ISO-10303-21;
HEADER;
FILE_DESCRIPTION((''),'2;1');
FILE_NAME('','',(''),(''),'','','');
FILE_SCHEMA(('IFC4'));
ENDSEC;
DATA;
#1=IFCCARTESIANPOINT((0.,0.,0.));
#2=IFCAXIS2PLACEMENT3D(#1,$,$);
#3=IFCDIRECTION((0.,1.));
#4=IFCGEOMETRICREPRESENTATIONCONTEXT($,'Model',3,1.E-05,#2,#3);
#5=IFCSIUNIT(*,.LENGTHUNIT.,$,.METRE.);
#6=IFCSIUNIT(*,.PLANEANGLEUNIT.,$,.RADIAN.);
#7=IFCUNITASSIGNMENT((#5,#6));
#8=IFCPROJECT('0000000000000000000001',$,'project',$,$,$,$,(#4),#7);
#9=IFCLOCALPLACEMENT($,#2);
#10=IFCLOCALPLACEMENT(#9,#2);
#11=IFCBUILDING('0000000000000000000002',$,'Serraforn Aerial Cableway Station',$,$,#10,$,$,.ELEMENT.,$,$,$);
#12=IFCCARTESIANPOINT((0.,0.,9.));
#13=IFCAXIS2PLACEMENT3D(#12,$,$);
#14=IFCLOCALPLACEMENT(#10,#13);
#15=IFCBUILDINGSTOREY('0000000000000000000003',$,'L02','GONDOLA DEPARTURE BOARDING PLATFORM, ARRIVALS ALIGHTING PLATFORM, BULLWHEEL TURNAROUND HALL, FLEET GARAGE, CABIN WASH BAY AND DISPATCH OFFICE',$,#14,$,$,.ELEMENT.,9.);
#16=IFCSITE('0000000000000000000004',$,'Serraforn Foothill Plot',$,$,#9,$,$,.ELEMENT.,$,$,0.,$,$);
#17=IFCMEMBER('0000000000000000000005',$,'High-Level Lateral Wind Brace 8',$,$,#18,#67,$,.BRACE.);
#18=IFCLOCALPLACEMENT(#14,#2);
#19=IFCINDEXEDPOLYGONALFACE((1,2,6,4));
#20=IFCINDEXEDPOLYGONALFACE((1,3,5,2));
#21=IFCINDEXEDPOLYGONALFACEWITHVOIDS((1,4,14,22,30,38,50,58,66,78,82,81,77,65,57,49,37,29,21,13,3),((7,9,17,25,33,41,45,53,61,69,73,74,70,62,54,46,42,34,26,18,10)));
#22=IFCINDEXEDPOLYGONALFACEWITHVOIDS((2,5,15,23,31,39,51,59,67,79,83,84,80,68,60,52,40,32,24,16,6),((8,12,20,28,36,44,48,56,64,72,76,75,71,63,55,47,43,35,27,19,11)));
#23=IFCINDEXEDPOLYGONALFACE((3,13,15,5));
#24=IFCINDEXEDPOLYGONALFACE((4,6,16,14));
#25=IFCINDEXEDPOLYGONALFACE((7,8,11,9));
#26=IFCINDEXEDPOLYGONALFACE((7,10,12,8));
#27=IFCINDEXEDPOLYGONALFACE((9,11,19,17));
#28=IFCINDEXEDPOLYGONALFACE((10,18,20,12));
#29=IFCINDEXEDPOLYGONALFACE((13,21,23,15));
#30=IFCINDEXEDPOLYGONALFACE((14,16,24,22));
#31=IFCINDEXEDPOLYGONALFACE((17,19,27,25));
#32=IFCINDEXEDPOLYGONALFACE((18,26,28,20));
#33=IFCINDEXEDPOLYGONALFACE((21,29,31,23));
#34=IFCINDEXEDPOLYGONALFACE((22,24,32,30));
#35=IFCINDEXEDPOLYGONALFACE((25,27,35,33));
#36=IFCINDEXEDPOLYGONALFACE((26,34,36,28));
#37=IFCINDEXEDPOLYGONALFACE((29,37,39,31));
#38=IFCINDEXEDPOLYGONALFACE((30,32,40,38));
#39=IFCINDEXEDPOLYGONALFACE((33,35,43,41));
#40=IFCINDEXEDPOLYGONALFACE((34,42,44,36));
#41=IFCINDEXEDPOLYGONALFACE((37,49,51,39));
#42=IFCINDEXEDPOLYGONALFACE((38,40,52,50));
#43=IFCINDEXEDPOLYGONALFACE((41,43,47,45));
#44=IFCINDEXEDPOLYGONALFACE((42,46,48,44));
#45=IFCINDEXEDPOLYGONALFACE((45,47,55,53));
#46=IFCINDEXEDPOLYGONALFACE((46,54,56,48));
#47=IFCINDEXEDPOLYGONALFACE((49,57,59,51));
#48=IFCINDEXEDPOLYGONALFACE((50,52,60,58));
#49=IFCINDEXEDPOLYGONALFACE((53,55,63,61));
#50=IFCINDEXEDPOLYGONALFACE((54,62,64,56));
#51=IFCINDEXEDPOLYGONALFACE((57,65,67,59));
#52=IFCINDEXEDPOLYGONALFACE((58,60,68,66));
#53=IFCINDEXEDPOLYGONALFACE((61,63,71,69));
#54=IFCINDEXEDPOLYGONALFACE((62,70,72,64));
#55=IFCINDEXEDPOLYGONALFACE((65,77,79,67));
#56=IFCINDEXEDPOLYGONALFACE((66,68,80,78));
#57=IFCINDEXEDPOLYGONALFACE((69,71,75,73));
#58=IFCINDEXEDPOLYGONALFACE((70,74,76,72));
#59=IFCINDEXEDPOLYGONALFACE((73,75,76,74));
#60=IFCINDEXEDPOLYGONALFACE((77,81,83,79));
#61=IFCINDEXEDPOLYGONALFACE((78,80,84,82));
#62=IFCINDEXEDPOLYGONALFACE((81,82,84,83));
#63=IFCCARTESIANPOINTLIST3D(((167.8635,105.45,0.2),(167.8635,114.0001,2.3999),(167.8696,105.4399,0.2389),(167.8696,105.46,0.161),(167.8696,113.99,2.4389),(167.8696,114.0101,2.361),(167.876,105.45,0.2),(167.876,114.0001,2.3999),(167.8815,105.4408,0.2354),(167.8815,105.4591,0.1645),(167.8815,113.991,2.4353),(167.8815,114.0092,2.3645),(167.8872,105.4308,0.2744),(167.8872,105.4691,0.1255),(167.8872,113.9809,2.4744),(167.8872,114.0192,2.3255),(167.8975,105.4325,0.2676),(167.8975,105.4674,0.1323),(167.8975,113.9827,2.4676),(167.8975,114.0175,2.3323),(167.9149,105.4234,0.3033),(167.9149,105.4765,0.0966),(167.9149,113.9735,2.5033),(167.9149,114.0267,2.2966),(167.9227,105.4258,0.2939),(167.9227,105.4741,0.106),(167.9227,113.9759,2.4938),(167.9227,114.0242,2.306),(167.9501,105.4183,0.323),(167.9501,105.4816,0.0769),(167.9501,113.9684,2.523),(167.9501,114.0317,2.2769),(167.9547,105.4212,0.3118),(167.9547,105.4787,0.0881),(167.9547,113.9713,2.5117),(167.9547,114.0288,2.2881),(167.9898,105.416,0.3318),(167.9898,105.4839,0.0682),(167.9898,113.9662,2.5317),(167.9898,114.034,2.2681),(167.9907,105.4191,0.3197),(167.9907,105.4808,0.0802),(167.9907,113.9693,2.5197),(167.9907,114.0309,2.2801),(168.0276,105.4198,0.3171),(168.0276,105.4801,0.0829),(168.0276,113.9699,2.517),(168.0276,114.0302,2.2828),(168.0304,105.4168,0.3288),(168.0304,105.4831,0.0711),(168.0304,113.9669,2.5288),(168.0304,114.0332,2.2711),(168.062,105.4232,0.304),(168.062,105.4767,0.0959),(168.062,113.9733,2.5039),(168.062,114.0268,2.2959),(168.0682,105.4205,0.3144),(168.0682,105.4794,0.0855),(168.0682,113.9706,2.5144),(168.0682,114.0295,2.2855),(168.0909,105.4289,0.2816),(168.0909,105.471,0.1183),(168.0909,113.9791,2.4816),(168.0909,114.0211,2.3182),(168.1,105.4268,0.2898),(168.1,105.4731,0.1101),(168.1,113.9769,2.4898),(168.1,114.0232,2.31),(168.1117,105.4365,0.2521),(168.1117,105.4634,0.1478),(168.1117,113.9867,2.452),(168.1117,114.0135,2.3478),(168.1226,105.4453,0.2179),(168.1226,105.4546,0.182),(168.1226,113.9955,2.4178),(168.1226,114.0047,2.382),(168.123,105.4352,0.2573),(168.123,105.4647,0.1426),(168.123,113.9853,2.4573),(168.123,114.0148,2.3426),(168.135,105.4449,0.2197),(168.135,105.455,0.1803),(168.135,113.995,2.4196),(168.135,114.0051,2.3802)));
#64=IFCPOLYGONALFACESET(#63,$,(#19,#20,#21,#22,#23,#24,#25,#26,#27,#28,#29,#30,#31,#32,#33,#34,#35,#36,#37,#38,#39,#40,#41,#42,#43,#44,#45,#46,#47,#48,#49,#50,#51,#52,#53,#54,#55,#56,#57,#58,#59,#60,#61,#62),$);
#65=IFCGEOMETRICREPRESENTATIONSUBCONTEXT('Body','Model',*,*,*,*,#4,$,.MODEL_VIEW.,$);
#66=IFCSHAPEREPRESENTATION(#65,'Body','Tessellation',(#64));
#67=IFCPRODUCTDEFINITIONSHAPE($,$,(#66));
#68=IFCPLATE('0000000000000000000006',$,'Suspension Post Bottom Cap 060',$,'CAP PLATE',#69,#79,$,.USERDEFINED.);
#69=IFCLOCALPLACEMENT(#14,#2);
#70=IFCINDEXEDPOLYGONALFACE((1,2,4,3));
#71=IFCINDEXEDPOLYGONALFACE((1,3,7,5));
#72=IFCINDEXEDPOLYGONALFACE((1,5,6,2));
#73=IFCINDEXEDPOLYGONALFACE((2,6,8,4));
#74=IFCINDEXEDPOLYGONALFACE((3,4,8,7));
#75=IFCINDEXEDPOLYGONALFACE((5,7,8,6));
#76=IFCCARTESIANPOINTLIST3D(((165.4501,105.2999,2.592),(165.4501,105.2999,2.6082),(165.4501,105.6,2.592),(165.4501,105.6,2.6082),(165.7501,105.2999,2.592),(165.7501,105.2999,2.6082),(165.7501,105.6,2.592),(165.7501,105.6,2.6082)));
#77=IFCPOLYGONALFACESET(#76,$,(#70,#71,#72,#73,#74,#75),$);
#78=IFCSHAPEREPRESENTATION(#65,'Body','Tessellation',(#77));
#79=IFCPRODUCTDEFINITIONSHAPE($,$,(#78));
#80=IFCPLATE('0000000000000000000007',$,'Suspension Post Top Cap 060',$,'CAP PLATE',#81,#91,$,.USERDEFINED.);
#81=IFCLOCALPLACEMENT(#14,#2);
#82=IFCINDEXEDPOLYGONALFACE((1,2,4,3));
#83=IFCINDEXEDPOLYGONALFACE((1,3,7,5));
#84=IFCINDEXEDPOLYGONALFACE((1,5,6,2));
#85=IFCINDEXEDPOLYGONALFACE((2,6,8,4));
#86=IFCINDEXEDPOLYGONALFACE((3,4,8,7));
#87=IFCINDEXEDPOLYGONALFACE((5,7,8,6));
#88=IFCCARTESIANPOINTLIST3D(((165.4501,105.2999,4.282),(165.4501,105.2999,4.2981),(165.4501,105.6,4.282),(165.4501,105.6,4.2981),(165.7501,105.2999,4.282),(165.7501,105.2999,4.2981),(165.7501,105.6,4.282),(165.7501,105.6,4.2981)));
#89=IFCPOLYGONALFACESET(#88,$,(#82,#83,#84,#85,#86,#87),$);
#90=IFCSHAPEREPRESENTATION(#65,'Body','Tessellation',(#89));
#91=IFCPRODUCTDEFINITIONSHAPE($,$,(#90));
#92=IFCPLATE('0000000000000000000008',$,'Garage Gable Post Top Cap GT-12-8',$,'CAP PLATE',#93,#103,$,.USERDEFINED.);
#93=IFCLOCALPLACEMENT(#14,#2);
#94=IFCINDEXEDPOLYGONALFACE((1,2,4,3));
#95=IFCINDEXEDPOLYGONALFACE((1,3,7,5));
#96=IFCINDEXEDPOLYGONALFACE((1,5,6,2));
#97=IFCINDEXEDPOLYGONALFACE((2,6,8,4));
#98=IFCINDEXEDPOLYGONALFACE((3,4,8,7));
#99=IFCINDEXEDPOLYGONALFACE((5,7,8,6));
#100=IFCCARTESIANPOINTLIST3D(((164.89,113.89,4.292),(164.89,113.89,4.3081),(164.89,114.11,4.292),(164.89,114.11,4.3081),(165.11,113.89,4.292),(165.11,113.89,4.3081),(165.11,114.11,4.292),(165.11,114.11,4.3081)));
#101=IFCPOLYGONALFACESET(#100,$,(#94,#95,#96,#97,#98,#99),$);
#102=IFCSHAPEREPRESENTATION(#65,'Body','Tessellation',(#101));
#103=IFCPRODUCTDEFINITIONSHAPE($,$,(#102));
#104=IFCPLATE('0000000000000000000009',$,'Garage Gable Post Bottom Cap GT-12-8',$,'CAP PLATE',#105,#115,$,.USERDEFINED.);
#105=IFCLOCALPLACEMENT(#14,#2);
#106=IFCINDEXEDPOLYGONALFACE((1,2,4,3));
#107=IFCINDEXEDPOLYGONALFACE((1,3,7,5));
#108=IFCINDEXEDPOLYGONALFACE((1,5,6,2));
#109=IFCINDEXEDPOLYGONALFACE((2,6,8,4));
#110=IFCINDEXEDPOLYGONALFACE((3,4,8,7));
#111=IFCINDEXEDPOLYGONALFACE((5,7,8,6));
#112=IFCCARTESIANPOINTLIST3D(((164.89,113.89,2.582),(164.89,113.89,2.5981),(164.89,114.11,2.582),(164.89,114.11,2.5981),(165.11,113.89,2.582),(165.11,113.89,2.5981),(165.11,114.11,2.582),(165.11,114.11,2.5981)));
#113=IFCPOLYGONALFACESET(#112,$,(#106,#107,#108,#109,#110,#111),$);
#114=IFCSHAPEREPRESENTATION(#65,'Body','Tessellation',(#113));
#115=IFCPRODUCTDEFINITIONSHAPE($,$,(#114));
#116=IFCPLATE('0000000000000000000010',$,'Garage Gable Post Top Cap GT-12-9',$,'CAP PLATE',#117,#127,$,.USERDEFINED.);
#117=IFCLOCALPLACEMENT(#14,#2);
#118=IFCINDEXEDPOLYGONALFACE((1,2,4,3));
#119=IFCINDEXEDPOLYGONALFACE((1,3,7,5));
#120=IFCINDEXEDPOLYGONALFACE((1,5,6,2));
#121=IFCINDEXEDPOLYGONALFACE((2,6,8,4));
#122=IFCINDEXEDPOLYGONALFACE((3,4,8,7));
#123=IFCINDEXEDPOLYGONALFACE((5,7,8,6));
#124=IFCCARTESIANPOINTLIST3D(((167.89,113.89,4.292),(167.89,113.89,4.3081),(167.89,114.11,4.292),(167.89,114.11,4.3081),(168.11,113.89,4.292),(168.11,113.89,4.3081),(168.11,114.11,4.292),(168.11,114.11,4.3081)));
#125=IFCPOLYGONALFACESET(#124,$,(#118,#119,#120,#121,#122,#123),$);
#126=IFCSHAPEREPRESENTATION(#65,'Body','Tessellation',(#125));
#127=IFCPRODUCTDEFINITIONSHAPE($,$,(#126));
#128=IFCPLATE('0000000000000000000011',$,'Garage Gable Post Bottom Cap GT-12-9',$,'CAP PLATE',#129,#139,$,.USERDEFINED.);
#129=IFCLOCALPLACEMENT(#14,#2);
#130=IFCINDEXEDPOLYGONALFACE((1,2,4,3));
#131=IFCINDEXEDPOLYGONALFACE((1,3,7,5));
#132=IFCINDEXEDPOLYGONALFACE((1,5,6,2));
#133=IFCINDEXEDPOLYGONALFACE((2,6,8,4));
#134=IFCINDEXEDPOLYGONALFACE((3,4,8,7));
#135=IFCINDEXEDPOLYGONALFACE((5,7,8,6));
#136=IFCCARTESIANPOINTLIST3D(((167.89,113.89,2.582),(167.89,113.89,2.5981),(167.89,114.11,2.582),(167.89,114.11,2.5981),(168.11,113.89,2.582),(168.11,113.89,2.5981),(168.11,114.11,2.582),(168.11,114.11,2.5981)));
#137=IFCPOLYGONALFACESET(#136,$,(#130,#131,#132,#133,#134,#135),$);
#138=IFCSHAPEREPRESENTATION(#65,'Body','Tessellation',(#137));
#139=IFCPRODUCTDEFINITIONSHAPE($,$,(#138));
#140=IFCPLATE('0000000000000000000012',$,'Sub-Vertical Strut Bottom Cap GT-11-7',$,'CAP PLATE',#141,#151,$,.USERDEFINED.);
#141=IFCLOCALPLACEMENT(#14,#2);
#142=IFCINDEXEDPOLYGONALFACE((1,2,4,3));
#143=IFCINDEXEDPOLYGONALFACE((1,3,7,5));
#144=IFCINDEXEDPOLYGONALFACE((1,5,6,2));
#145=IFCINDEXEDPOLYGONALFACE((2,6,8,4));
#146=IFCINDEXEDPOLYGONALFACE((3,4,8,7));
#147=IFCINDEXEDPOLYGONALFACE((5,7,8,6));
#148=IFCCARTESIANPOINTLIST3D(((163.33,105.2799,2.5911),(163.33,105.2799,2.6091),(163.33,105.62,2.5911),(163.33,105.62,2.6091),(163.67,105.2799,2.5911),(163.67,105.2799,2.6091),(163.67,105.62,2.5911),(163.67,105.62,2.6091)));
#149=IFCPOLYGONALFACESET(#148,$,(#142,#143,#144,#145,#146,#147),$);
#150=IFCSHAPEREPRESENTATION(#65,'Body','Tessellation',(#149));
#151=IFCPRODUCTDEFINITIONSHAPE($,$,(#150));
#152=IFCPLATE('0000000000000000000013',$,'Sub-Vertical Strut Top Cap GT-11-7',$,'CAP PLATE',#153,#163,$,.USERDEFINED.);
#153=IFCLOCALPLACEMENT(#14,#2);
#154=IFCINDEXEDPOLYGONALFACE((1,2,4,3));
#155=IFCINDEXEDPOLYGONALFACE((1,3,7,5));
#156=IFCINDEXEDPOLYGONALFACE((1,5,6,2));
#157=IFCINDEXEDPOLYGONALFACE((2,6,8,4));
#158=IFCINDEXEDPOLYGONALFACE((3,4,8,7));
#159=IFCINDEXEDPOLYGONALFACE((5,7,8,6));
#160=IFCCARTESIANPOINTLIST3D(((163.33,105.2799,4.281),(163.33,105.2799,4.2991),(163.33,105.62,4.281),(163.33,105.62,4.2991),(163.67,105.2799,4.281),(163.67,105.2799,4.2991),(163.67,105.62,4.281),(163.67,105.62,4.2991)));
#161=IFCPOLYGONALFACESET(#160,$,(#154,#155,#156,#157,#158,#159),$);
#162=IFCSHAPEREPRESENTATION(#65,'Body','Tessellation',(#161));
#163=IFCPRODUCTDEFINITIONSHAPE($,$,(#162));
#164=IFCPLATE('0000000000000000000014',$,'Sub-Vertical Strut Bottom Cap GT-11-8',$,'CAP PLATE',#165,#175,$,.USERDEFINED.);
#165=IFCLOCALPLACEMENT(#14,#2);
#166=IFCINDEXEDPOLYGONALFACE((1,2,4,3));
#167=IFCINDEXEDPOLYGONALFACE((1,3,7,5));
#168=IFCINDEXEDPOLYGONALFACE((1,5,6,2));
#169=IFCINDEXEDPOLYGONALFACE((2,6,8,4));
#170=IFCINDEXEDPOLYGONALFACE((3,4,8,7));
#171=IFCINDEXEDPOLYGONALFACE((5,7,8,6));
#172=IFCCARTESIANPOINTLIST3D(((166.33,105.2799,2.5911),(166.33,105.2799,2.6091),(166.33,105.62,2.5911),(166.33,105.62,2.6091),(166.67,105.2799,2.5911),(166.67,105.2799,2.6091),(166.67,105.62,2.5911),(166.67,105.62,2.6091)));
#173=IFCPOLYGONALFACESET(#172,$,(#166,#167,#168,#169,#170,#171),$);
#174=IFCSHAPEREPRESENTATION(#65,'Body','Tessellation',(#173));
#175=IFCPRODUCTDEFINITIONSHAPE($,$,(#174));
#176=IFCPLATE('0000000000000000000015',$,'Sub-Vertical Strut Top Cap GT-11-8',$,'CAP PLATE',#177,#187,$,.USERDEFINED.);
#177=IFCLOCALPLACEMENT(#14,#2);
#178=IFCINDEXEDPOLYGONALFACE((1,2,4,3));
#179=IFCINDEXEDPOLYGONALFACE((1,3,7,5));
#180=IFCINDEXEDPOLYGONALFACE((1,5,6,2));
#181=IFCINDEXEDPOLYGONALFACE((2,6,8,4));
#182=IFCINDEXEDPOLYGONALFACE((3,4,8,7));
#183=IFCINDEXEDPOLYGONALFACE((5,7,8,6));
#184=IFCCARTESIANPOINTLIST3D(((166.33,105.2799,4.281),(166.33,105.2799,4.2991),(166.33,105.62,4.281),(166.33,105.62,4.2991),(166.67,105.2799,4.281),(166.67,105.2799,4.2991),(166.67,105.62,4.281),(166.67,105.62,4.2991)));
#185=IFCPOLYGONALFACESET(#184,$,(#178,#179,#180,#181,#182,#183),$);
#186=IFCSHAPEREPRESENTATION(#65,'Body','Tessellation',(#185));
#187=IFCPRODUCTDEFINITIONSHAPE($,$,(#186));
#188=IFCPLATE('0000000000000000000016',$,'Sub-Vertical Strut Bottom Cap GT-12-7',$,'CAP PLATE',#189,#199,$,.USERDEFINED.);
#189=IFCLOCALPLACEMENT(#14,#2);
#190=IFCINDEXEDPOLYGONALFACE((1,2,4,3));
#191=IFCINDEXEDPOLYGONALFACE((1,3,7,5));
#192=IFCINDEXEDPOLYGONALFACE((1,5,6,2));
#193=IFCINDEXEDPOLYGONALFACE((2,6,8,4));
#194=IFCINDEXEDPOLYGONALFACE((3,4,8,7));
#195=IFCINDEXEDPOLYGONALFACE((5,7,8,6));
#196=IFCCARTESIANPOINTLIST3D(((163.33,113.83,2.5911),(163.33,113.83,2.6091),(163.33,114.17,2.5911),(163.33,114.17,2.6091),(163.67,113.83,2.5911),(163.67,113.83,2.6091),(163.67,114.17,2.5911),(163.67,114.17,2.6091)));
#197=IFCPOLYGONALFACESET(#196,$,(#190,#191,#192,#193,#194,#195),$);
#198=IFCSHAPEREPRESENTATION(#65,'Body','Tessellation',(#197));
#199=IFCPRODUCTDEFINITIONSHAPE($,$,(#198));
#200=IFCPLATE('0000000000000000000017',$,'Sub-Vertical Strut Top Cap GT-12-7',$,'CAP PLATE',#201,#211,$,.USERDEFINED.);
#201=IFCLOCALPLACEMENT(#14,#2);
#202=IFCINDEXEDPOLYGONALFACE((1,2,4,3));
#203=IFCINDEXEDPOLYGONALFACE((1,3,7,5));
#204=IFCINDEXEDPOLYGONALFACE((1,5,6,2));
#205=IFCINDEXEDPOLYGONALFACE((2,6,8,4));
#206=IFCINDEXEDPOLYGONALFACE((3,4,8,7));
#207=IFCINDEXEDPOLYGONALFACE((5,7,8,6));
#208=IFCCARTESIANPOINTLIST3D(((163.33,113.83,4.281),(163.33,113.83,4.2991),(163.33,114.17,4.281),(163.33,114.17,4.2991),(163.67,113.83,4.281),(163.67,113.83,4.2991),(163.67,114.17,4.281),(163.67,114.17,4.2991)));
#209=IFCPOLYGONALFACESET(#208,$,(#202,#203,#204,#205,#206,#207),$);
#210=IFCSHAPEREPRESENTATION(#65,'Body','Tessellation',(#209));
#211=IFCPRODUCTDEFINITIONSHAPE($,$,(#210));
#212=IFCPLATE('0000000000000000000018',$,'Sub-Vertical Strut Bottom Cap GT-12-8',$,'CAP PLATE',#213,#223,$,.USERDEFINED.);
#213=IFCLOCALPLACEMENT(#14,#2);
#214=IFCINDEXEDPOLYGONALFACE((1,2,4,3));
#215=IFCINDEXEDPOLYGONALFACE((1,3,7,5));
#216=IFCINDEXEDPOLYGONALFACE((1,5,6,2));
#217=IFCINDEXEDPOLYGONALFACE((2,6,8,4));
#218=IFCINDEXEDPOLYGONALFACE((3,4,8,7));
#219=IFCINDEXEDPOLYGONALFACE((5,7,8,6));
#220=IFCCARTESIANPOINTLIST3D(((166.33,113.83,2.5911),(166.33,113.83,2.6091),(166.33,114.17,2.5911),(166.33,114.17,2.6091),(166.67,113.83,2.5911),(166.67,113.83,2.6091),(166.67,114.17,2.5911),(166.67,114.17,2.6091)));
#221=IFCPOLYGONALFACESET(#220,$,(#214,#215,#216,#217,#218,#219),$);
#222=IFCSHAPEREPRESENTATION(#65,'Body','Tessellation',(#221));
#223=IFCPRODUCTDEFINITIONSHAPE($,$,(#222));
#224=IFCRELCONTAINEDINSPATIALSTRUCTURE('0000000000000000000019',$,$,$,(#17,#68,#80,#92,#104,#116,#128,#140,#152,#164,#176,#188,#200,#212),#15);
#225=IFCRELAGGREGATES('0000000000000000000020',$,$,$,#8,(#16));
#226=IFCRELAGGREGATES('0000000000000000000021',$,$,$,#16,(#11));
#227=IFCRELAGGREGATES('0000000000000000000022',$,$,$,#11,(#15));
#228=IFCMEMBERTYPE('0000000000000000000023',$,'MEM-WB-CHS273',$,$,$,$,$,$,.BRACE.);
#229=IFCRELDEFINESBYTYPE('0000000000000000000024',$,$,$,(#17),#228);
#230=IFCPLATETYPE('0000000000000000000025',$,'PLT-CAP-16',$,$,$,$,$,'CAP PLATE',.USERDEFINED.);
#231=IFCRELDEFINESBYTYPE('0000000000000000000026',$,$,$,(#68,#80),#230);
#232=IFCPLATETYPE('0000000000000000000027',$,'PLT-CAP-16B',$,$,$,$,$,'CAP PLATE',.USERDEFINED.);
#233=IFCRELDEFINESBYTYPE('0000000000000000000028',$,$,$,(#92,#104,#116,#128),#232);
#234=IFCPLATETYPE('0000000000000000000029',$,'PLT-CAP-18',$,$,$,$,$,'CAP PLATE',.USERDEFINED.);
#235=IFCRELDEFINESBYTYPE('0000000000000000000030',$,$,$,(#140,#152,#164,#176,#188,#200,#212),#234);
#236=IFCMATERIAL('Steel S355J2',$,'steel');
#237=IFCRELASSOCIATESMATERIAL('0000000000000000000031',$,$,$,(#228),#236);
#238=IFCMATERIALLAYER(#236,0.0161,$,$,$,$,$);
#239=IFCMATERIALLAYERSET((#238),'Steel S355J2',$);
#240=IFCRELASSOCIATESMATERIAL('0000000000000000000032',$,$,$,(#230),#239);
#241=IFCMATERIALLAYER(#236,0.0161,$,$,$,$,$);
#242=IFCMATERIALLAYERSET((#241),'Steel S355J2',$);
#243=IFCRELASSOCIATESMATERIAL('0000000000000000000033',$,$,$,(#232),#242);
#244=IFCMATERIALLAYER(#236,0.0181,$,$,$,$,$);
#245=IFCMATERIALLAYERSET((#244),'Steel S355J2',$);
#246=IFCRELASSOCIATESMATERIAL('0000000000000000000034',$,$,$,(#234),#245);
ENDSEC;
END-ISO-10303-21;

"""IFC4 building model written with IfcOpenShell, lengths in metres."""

from ifc_helpers import new_model, si_unit, direction, frame, origin, origin_2d, place, context, subcontext, project, spatial, rectangle, hollow_circle, extrude, material, layer, layer_set, material_profile, profile_set, type_object, element, save


model = new_model("IFC4")

# Units and contexts
model_context = context("Model", 3, precision=1e-05, world=origin(), true_north=direction((0.0, 1.0)))
body_context = subcontext(model_context, "Body", "Model", "MODEL_VIEW")
ifc_project = project(units=[si_unit("LENGTHUNIT", "METRE"), si_unit("PLANEANGLEUNIT", "RADIAN")], contexts=[model_context])

# Site, building, storey
site_placement = place(None, origin())
site = spatial("IfcSite", under=ifc_project, at=site_placement, Name="Serraforn Foothill Plot", CompositionType="ELEMENT", RefElevation=0.0)
building_placement = place(site_placement, origin())
building = spatial("IfcBuilding", under=site, at=building_placement, Name="Serraforn Aerial Cableway Station", CompositionType="ELEMENT")
storey_placement = place(building_placement, frame((0.0, 0.0, 9.0)))
storey = spatial("IfcBuildingStorey", under=building, at=storey_placement, Name="L02", Description="GONDOLA DEPARTURE BOARDING PLATFORM, ARRIVALS ALIGHTING PLATFORM, BULLWHEEL TURNAROUND HALL, FLEET GARAGE, CABIN WASH BAY AND DISPATCH OFFICE", CompositionType="ELEMENT", Elevation=9.0)

# Shared definitions
ifc_material_1 = material(Name="Steel S355J2", Category="steel")

# Member
ifc_material_profile_1 = material_profile(ifc_material_1, hollow_circle(Radius=0.1365, WallThickness=0.0125, at=origin_2d()), Name="CHS 273.0x12.5")
ifc_profile_set_1 = profile_set([ifc_material_profile_1], Name="Steel S355J2")
member_type_1 = type_object("IfcMemberType", Name="MEM-WB-CHS273", PredefinedType="BRACE", material=ifc_profile_set_1)
member_1_placement = place(storey_placement, frame((168.0, 105.45, 0.2), z_axis=(0.0, 0.968456, 0.249186), x_axis=(-1.0, 0.0, 0.0)))
element("IfcMember", 1, at=member_1_placement, inside=storey, type_object=member_type_1, Name="High-Level Lateral Wind Brace 8", PredefinedType="BRACE", context=body_context, shape_type="SweptSolid", body=[
    extrude(hollow_circle(Radius=0.1365, WallThickness=0.0125, at=origin_2d()), origin(), (0.0, 0.0, 1.0), 8.8286),
])

# Plates
ifc_layer_1 = layer(ifc_material_1, 0.0161)
ifc_layer_set_1 = layer_set([ifc_layer_1], Name="Steel S355J2")
plate_type_1 = type_object("IfcPlateType", Name="PLT-CAP-16", ElementType="CAP PLATE", PredefinedType="USERDEFINED", material=ifc_layer_set_1)
for number, where, z_axis, x_axis, name in (
    (2, (165.6001, 105.45, 2.592), (0.0, 0.0, 1.0), (1.0, 0.0, 0.0), "Suspension Post Bottom Cap 060"),
    (3, (165.6001, 105.45, 4.282), (0.0, 0.0, 1.0), (1.0, 0.0, 0.0), "Suspension Post Top Cap 060"),
):
    element("IfcPlate", number, at=place(storey_placement, frame(where, z_axis=z_axis, x_axis=x_axis)), inside=storey, type_object=plate_type_1, Name=name, ObjectType="CAP PLATE", PredefinedType="USERDEFINED", context=body_context, shape_type="SweptSolid", body=[
        extrude(rectangle(XDim=0.3, YDim=0.3, at=origin_2d()), origin(), (0.0, 0.0, 1.0), 0.0161),
    ])
ifc_layer_2 = layer(ifc_material_1, 0.0161)
ifc_layer_set_2 = layer_set([ifc_layer_2], Name="Steel S355J2")
plate_type_2 = type_object("IfcPlateType", Name="PLT-CAP-16B", ElementType="CAP PLATE", PredefinedType="USERDEFINED", material=ifc_layer_set_2)
for number, where, z_axis, x_axis, name in (
    (4, (165.0, 114.0, 4.292), (0.0, 0.0, 1.0), (1.0, 0.0, 0.0), "Garage Gable Post Top Cap GT-12-8"),
    (5, (165.0, 114.0, 2.582), (0.0, 0.0, 1.0), (1.0, 0.0, 0.0), "Garage Gable Post Bottom Cap GT-12-8"),
    (6, (168.0, 114.0, 4.292), (0.0, 0.0, 1.0), (1.0, 0.0, 0.0), "Garage Gable Post Top Cap GT-12-9"),
    (7, (168.0, 114.0, 2.582), (0.0, 0.0, 1.0), (1.0, 0.0, 0.0), "Garage Gable Post Bottom Cap GT-12-9"),
):
    element("IfcPlate", number, at=place(storey_placement, frame(where, z_axis=z_axis, x_axis=x_axis)), inside=storey, type_object=plate_type_2, Name=name, ObjectType="CAP PLATE", PredefinedType="USERDEFINED", context=body_context, shape_type="SweptSolid", body=[
        extrude(rectangle(XDim=0.22, YDim=0.22, at=origin_2d()), origin(), (0.0, 0.0, 1.0), 0.0161),
    ])
ifc_layer_3 = layer(ifc_material_1, 0.0181)
ifc_layer_set_3 = layer_set([ifc_layer_3], Name="Steel S355J2")
plate_type_3 = type_object("IfcPlateType", Name="PLT-CAP-18", ElementType="CAP PLATE", PredefinedType="USERDEFINED", material=ifc_layer_set_3)
for number, where, z_axis, x_axis, name in (
    (8, (163.5, 105.45, 2.5911), (0.0, 0.0, 1.0), (1.0, 0.0, 0.0), "Sub-Vertical Strut Bottom Cap GT-11-7"),
    (9, (163.5, 105.45, 4.281), (0.0, 0.0, 1.0), (1.0, 0.0, 0.0), "Sub-Vertical Strut Top Cap GT-11-7"),
    (10, (166.5, 105.45, 2.5911), (0.0, 0.0, 1.0), (1.0, 0.0, 0.0), "Sub-Vertical Strut Bottom Cap GT-11-8"),
    (11, (166.5, 105.45, 4.281), (0.0, 0.0, 1.0), (1.0, 0.0, 0.0), "Sub-Vertical Strut Top Cap GT-11-8"),
    (12, (163.5, 114.0, 2.5911), (0.0, 0.0, 1.0), (1.0, 0.0, 0.0), "Sub-Vertical Strut Bottom Cap GT-12-7"),
    (13, (163.5, 114.0, 4.281), (0.0, 0.0, 1.0), (1.0, 0.0, 0.0), "Sub-Vertical Strut Top Cap GT-12-7"),
    (14, (166.5, 114.0, 2.5911), (0.0, 0.0, 1.0), (1.0, 0.0, 0.0), "Sub-Vertical Strut Bottom Cap GT-12-8"),
):
    element("IfcPlate", number, at=place(storey_placement, frame(where, z_axis=z_axis, x_axis=x_axis)), inside=storey, type_object=plate_type_3, Name=name, ObjectType="CAP PLATE", PredefinedType="USERDEFINED", context=body_context, shape_type="SweptSolid", body=[
        extrude(rectangle(XDim=0.3401, YDim=0.3401, at=origin_2d()), origin(), (0.0, 0.0, 1.0), 0.0181),
    ])

save(model, "model.ifc")
